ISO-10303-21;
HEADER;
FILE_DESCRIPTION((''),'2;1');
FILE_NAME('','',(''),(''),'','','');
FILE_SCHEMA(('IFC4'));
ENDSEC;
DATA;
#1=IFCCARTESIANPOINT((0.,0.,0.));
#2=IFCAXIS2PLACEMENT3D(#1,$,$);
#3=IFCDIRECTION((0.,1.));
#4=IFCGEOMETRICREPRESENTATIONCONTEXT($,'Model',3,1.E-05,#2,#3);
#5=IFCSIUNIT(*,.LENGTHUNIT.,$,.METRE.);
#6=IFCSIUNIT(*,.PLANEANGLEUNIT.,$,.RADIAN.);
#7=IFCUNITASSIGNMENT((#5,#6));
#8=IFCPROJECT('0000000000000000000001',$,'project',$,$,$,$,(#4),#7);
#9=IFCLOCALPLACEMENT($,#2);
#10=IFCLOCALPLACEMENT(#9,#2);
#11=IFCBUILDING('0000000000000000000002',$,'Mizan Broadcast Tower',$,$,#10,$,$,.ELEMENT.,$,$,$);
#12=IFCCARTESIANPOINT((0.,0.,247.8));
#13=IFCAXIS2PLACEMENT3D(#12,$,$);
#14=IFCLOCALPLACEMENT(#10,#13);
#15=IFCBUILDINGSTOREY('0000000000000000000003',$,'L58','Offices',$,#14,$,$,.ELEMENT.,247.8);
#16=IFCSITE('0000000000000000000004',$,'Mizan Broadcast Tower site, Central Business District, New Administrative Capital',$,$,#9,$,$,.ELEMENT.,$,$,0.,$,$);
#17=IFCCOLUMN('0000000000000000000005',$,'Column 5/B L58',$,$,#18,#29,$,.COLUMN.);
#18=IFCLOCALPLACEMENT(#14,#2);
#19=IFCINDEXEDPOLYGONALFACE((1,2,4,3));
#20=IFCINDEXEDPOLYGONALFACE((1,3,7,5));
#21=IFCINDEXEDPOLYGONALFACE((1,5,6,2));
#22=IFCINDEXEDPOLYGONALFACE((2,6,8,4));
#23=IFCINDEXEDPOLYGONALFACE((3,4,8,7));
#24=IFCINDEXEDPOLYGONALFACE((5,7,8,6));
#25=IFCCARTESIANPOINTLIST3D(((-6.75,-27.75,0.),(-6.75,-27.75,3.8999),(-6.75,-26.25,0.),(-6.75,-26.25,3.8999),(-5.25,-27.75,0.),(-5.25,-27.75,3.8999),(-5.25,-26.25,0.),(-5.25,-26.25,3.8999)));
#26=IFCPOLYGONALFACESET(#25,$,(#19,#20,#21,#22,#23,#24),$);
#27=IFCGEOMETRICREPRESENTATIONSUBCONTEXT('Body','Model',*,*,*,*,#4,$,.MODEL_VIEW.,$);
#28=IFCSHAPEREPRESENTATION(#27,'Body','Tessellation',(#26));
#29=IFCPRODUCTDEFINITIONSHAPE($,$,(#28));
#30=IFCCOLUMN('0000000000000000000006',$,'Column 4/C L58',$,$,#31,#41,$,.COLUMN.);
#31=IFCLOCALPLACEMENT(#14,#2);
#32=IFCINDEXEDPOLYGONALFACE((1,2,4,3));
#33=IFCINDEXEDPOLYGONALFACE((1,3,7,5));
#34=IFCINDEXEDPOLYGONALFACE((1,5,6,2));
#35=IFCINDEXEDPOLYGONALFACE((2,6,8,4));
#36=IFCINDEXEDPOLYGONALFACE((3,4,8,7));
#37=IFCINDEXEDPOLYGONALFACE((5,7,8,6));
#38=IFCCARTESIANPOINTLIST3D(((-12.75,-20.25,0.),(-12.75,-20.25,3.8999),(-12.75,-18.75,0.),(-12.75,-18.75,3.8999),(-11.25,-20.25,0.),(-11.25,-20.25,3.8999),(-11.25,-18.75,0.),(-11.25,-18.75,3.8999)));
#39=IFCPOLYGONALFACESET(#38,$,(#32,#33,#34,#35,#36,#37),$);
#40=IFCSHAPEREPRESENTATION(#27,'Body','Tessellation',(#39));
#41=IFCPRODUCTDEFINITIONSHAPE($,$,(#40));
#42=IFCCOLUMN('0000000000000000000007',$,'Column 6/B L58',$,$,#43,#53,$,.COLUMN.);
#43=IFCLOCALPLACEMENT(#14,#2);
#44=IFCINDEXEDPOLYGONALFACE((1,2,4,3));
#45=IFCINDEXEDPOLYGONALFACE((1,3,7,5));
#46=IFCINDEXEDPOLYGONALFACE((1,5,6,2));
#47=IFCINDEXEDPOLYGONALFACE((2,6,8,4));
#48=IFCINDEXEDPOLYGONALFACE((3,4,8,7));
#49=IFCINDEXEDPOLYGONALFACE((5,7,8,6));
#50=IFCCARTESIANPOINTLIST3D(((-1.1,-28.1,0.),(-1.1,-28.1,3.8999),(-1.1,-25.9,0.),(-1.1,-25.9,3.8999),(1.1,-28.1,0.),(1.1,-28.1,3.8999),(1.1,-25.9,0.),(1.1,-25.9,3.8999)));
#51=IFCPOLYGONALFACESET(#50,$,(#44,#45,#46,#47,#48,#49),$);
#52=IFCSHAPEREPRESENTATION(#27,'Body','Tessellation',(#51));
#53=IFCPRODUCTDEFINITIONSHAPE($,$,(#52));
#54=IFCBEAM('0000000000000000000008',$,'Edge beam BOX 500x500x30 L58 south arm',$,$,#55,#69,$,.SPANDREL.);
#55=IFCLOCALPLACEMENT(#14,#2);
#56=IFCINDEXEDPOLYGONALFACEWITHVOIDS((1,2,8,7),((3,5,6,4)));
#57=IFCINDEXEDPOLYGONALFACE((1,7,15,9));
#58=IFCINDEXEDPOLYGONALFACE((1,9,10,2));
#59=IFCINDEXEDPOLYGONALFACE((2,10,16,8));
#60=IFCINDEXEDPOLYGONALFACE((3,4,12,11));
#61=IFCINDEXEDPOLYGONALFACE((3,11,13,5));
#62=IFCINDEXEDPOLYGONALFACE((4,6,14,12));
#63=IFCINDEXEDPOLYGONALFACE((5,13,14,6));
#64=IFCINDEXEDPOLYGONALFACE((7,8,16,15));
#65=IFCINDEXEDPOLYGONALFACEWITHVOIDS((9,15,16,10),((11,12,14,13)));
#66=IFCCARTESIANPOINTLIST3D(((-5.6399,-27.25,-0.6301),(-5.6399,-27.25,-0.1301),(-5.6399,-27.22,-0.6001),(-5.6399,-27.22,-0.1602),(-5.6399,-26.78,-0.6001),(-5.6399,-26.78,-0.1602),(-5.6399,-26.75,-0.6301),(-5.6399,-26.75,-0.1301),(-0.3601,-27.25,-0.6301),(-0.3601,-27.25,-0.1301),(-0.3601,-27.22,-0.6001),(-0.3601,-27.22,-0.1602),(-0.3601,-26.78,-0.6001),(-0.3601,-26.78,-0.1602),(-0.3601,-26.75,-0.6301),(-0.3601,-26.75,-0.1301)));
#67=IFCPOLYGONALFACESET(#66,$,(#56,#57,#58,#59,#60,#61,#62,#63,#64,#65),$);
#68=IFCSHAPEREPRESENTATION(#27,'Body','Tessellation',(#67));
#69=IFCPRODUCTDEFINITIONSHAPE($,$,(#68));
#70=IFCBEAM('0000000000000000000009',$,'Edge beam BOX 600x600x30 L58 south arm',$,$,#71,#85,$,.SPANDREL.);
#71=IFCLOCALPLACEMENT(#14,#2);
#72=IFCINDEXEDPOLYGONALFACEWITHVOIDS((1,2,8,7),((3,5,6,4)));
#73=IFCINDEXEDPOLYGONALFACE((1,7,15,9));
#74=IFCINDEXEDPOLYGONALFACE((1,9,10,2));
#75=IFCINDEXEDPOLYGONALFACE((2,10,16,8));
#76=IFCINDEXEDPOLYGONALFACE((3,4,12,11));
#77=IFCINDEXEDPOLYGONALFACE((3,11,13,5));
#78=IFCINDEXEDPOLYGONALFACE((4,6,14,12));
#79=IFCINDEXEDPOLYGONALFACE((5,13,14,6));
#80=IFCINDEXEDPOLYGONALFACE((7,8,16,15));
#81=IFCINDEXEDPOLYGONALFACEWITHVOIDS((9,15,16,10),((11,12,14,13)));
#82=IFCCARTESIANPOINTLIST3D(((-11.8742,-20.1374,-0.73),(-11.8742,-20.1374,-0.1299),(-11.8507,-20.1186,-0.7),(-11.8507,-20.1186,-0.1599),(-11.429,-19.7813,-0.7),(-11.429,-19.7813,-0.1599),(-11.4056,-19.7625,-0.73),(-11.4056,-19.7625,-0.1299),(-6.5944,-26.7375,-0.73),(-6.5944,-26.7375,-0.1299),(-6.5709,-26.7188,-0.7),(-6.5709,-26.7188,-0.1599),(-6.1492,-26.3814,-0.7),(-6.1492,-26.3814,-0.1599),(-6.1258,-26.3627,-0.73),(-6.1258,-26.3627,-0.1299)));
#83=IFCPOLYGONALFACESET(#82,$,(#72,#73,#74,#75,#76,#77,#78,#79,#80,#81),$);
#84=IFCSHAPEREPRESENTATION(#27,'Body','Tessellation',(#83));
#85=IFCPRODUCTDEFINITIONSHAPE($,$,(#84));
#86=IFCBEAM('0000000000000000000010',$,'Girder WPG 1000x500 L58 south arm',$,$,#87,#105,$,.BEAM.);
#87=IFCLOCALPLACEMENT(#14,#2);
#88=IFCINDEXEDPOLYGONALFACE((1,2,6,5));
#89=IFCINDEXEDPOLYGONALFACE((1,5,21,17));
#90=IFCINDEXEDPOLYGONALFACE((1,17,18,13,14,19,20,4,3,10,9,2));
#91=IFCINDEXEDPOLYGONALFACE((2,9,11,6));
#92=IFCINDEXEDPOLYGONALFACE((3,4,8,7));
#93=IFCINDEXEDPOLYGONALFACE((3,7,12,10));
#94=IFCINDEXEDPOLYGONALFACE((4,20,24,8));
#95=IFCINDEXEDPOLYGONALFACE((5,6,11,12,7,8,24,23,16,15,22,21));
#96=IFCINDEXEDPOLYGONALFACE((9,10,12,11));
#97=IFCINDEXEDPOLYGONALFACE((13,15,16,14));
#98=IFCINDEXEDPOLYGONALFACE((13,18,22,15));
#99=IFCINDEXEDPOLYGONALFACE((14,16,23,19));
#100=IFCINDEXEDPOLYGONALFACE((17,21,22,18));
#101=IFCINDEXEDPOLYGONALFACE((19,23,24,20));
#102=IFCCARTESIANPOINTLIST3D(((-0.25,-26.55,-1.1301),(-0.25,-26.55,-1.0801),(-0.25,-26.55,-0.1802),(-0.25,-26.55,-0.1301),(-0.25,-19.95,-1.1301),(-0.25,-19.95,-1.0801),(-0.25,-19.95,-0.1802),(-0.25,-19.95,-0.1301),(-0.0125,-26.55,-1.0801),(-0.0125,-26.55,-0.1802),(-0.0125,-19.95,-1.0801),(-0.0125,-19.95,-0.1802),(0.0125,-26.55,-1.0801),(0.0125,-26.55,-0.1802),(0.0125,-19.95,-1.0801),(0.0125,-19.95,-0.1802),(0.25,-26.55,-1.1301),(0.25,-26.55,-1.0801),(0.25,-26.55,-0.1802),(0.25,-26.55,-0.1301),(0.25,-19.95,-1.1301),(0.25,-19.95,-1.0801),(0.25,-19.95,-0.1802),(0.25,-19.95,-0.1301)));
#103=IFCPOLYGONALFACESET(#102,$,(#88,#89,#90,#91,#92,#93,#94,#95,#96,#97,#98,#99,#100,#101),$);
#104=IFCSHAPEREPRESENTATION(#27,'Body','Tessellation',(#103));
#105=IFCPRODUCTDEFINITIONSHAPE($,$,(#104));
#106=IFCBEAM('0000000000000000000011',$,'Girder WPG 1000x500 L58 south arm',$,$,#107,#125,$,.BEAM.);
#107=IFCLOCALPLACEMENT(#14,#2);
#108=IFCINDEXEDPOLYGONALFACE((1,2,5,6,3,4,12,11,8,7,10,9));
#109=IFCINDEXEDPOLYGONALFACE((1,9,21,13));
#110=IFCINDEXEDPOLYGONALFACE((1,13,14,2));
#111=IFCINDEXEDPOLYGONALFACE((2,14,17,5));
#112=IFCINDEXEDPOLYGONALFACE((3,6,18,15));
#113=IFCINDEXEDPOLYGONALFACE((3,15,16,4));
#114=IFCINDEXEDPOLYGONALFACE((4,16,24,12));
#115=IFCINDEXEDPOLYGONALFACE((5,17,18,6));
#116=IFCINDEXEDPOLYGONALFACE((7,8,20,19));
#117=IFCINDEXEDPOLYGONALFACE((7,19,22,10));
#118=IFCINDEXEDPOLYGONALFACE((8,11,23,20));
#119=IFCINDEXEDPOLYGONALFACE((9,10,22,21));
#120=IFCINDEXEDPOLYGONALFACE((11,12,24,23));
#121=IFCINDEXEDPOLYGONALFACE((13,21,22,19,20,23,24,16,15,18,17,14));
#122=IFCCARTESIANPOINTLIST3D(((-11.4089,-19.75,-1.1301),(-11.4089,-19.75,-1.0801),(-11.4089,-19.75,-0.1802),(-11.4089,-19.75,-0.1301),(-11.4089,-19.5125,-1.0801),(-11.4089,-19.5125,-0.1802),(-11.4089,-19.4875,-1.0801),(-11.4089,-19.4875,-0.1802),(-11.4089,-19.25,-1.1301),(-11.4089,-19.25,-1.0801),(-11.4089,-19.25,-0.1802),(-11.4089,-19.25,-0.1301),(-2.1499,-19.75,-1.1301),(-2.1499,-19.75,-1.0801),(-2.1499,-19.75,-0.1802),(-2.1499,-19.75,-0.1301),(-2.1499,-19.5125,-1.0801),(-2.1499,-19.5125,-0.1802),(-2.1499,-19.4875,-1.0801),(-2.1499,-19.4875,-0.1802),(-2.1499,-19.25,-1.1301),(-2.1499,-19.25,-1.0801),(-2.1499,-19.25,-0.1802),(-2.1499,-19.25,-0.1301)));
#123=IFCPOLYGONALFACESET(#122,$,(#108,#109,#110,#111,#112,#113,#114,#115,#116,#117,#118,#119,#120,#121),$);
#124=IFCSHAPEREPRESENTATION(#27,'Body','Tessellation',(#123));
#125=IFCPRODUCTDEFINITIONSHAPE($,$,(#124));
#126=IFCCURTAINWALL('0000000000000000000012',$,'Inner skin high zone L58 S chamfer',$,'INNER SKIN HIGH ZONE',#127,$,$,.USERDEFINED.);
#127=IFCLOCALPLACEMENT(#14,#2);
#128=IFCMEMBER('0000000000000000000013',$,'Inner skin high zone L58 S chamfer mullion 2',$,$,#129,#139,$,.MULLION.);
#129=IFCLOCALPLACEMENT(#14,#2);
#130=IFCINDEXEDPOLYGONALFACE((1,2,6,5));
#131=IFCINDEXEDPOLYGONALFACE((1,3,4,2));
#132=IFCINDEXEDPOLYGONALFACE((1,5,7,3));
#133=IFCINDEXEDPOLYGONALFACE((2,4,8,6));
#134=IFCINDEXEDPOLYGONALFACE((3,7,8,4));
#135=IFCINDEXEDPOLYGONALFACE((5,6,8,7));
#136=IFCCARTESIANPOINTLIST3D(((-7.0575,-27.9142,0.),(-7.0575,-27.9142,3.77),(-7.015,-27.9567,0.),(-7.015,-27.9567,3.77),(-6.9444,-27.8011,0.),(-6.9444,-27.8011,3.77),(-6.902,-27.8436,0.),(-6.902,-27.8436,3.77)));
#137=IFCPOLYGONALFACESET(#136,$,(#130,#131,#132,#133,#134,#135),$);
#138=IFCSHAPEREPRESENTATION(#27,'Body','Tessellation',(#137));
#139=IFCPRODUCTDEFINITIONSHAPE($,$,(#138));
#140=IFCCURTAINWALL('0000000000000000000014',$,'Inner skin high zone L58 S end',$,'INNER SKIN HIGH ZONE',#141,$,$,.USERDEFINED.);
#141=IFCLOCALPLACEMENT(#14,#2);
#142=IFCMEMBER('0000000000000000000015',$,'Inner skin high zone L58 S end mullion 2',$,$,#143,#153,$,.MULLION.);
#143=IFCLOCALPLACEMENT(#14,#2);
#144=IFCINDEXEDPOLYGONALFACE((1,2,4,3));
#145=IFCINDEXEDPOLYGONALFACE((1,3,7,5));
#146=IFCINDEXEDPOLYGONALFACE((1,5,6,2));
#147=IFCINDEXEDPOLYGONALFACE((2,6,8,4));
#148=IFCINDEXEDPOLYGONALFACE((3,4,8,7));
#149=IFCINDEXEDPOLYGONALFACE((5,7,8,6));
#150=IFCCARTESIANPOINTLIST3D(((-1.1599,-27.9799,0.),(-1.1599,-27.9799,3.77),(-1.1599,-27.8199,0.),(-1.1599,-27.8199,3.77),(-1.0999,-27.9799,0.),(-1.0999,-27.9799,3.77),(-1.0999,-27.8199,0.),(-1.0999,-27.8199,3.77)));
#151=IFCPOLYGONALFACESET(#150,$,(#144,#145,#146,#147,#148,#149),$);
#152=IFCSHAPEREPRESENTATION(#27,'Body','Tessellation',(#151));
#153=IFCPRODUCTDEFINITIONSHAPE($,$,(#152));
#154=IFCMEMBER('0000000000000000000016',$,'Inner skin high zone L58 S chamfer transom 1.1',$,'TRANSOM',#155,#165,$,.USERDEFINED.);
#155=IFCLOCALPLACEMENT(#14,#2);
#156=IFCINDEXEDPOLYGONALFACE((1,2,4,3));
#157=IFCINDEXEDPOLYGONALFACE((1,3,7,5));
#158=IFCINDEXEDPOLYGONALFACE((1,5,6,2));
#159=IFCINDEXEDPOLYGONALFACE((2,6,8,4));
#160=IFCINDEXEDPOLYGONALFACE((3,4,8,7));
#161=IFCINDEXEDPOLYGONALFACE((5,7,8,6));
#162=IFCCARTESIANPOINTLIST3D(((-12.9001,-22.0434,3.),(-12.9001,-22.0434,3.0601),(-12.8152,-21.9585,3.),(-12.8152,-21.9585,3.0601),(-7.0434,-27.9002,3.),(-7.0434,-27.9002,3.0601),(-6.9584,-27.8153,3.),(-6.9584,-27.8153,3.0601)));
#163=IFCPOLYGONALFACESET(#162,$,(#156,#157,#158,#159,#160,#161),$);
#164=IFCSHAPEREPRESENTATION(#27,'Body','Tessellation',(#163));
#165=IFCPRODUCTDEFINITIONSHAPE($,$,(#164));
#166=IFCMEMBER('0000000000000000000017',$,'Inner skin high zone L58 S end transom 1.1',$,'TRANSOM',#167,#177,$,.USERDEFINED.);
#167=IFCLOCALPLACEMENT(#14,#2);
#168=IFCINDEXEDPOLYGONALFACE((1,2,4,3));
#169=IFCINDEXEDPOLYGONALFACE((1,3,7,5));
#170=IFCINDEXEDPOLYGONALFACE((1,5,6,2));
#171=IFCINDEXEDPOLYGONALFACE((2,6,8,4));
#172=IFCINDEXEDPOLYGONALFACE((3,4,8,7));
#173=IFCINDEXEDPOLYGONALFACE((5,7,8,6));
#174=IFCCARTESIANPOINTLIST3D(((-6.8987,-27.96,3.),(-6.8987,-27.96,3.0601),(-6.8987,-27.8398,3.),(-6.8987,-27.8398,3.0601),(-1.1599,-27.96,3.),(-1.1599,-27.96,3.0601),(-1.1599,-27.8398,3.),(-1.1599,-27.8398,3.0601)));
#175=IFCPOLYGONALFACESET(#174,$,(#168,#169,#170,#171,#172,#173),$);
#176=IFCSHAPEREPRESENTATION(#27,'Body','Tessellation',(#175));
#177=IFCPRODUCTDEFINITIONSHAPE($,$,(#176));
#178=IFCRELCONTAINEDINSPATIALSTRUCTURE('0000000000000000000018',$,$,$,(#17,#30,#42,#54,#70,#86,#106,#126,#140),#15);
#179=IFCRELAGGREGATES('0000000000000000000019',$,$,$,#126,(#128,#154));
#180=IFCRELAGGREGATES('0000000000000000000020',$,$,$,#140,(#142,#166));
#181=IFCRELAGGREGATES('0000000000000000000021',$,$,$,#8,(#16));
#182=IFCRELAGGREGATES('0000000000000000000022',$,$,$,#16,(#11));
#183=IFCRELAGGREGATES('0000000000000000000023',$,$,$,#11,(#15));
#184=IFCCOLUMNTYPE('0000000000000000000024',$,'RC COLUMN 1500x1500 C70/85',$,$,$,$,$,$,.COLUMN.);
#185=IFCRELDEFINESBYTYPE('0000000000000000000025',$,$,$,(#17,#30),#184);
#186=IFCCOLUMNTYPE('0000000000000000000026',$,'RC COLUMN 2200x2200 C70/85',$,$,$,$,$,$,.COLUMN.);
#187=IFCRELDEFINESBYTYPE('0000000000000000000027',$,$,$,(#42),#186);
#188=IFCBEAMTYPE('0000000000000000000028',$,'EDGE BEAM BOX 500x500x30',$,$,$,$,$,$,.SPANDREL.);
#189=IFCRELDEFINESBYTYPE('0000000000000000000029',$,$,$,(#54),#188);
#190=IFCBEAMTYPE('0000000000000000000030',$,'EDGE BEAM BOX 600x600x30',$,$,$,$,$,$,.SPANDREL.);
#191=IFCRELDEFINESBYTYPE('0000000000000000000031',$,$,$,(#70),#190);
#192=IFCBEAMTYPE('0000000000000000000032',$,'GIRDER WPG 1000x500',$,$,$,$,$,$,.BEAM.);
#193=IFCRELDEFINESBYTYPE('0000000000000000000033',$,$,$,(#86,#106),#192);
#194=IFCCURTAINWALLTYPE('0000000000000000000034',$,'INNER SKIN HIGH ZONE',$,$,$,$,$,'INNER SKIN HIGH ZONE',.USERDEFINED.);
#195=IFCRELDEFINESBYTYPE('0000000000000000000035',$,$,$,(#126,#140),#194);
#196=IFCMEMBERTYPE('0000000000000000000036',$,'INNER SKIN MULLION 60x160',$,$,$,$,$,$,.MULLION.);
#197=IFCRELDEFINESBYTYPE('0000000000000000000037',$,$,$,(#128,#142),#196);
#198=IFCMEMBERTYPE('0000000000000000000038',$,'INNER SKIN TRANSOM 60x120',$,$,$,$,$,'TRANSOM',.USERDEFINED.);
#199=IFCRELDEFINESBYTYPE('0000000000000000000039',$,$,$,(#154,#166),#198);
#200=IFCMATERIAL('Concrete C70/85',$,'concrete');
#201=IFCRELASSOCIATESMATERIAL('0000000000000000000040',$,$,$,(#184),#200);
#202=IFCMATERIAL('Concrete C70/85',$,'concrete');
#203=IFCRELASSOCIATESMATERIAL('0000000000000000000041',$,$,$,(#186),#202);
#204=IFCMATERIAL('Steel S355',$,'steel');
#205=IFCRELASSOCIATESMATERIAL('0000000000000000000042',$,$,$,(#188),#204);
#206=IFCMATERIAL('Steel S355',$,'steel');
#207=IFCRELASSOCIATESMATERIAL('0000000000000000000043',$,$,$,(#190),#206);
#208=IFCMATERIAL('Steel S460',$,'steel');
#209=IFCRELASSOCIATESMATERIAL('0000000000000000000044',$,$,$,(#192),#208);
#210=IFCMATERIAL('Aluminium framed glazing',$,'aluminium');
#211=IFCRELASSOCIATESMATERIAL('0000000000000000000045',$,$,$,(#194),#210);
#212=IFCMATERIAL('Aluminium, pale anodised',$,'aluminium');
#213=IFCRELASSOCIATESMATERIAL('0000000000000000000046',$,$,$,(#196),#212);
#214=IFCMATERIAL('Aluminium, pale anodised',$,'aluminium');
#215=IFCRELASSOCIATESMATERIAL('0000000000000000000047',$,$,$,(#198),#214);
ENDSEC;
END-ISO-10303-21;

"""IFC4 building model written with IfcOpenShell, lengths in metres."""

from ifc_helpers import new_model, si_unit, direction, frame, origin, origin_2d, place, context, subcontext, project, spatial, rectangle, hollow_rectangle, i_section, extrude, material, material_profile, profile_set, type_object, element, aggregate, save


model = new_model("IFC4")

# Units and contexts
model_context = context("Model", 3, precision=1e-05, world=origin(), true_north=direction((0.0, 1.0)))
body_context = subcontext(model_context, "Body", "Model", "MODEL_VIEW")
ifc_project = project(units=[si_unit("LENGTHUNIT", "METRE"), si_unit("PLANEANGLEUNIT", "RADIAN")], contexts=[model_context])

# Site, building, storey
site_placement = place(None, origin())
site = spatial("IfcSite", under=ifc_project, at=site_placement, Name="Mizan Broadcast Tower site, Central Business District, New Administrative Capital", CompositionType="ELEMENT", RefElevation=0.0)
building_placement = place(site_placement, origin())
building = spatial("IfcBuilding", under=site, at=building_placement, Name="Mizan Broadcast Tower", CompositionType="ELEMENT")
storey_placement = place(building_placement, frame((0.0, 0.0, 247.8)))
storey = spatial("IfcBuildingStorey", under=building, at=storey_placement, Name="L58", Description="Offices", CompositionType="ELEMENT", Elevation=247.8)

# Columns
ifc_material_1 = material(Name="Concrete C70/85", Category="concrete")
ifc_material_profile_1 = material_profile(ifc_material_1, rectangle(XDim=1.5, YDim=1.5, at=origin_2d()), Name="RC 1500x1500")
ifc_profile_set_1 = profile_set([ifc_material_profile_1], Name="Concrete C70/85")
column_type_1 = type_object("IfcColumnType", Name="RC COLUMN 1500x1500 C70/85", PredefinedType="COLUMN", material=ifc_profile_set_1)
for number, where, z_axis, x_axis, name in (
    (1, (-6.0, -27.0, 0.0), (0.0, 0.0, 1.0), (1.0, 0.0, 0.0), "Column 5/B L58"),
    (2, (-12.0, -19.5, 0.0), (0.0, 0.0, 1.0), (1.0, 0.0, 0.0), "Column 4/C L58"),
):
    element("IfcColumn", number, at=place(storey_placement, frame(where, z_axis=z_axis, x_axis=x_axis)), inside=storey, type_object=column_type_1, Name=name, PredefinedType="COLUMN", context=body_context, shape_type="SweptSolid", body=[
        extrude(rectangle(XDim=1.5, YDim=1.5, at=origin_2d()), origin(), (0.0, 0.0, 1.0), 3.8999),
    ])
ifc_material_2 = material(Name="Concrete C70/85", Category="concrete")
ifc_material_profile_2 = material_profile(ifc_material_2, rectangle(XDim=2.2, YDim=2.2, at=origin_2d()), Name="RC 2200x2200")
ifc_profile_set_2 = profile_set([ifc_material_profile_2], Name="Concrete C70/85")
column_type_2 = type_object("IfcColumnType", Name="RC COLUMN 2200x2200 C70/85", PredefinedType="COLUMN", material=ifc_profile_set_2)
column_placement = place(storey_placement, frame((0.0, -27.0, 0.0), z_axis=(0.0, 0.0, 1.0), x_axis=(1.0, 0.0, 0.0)))
element("IfcColumn", 3, at=column_placement, inside=storey, type_object=column_type_2, Name="Column 6/B L58", PredefinedType="COLUMN", context=body_context, shape_type="SweptSolid", body=[
    extrude(rectangle(XDim=2.2, YDim=2.2, at=origin_2d()), origin(), (0.0, 0.0, 1.0), 3.8999),
])

# Beams
ifc_material_3 = material(Name="Steel S355", Category="steel")
ifc_material_profile_3 = material_profile(ifc_material_3, hollow_rectangle(XDim=0.5, YDim=0.5, WallThickness=0.03, at=origin_2d()), Name="BOX 500x500x30")
ifc_profile_set_3 = profile_set([ifc_material_profile_3], Name="Steel S355")
beam_type_1 = type_object("IfcBeamType", Name="EDGE BEAM BOX 500x500x30", PredefinedType="SPANDREL", material=ifc_profile_set_3)
beam_1_placement = place(storey_placement, frame((-5.6399, -27.0, -0.3801), z_axis=(1.0, 0.0, 0.0), x_axis=(0.0, 1.0, 0.0)))
element("IfcBeam", 4, at=beam_1_placement, inside=storey, type_object=beam_type_1, Name="Edge beam BOX 500x500x30 L58 south arm", PredefinedType="SPANDREL", context=body_context, shape_type="SweptSolid", body=[
    extrude(hollow_rectangle(XDim=0.5, YDim=0.5, WallThickness=0.03, at=origin_2d()), origin(), (0.0, 0.0, 1.0), 5.2798),
])
ifc_material_4 = material(Name="Steel S355", Category="steel")
ifc_material_profile_4 = material_profile(ifc_material_4, hollow_rectangle(XDim=0.6001, YDim=0.6001, WallThickness=0.03, at=origin_2d()), Name="BOX 600x600x30")
ifc_profile_set_4 = profile_set([ifc_material_profile_4], Name="Steel S355")
beam_type_2 = type_object("IfcBeamType", Name="EDGE BEAM BOX 600x600x30", PredefinedType="SPANDREL", material=ifc_profile_set_4)
beam_2_placement = place(storey_placement, frame((-11.6399, -19.95, -0.4299), z_axis=(0.624674, -0.780886, 0.0), x_axis=(0.780886, 0.624674, 0.0)))
element("IfcBeam", 5, at=beam_2_placement, inside=storey, type_object=beam_type_2, Name="Edge beam BOX 600x600x30 L58 south arm", PredefinedType="SPANDREL", context=body_context, shape_type="SweptSolid", body=[
    extrude(hollow_rectangle(XDim=0.6001, YDim=0.6001, WallThickness=0.03, at=origin_2d()), origin(), (0.0, 0.0, 1.0), 8.4521),
])
ifc_material_5 = material(Name="Steel S460", Category="steel")
ifc_material_profile_5 = material_profile(ifc_material_5, i_section(OverallWidth=0.5, OverallDepth=1.0, WebThickness=0.0249, FlangeThickness=0.05, at=origin_2d()), Name="WPG 1000x500")
ifc_profile_set_5 = profile_set([ifc_material_profile_5], Name="Steel S460")
beam_type_3 = type_object("IfcBeamType", Name="GIRDER WPG 1000x500", PredefinedType="BEAM", material=ifc_profile_set_5)
beam_3_placement = place(storey_placement, frame((0.0, -19.95, -0.6301), z_axis=(0.0, -1.0, 0.0), x_axis=(1.0, 0.0, 0.0)))
element("IfcBeam", 6, at=beam_3_placement, inside=storey, type_object=beam_type_3, Name="Girder WPG 1000x500 L58 south arm", PredefinedType="BEAM", context=body_context, shape_type="SweptSolid", body=[
    extrude(i_section(OverallWidth=0.5, OverallDepth=1.0, WebThickness=0.0249, FlangeThickness=0.05, at=origin_2d()), origin(), (0.0, 0.0, 1.0), 6.6001),
])
beam_4_placement = place(storey_placement, frame((-11.4089, -19.5, -0.6301), z_axis=(1.0, 0.0, 0.0), x_axis=(0.0, 1.0, 0.0)))
element("IfcBeam", 7, at=beam_4_placement, inside=storey, type_object=beam_type_3, Name="Girder WPG 1000x500 L58 south arm", PredefinedType="BEAM", context=body_context, shape_type="SweptSolid", body=[
    extrude(i_section(OverallWidth=0.5, OverallDepth=1.0, WebThickness=0.0249, FlangeThickness=0.05, at=origin_2d()), origin(), (0.0, 0.0, 1.0), 9.259),
])

# Curtain walls, members
ifc_material_6 = material(Name="Aluminium framed glazing", Category="aluminium")
curtain_wall_type_1 = type_object("IfcCurtainWallType", Name="INNER SKIN HIGH ZONE", ElementType="INNER SKIN HIGH ZONE", PredefinedType="USERDEFINED", material=ifc_material_6)
curtain_wall_1_placement = place(storey_placement, origin())
curtain_wall_1 = element("IfcCurtainWall", 8, at=curtain_wall_1_placement, inside=storey, type_object=curtain_wall_type_1, Name="Inner skin high zone L58 S chamfer", ObjectType="INNER SKIN HIGH ZONE", PredefinedType="USERDEFINED")
ifc_material_7 = material(Name="Aluminium, pale anodised", Category="aluminium")
ifc_material_profile_6 = material_profile(ifc_material_7, rectangle(XDim=0.1599, YDim=0.0601, at=origin_2d()), Name="MULLION 160x60")
ifc_profile_set_6 = profile_set([ifc_material_profile_6], Name="Aluminium, pale anodised")
member_type_1 = type_object("IfcMemberType", Name="INNER SKIN MULLION 60x160", PredefinedType="MULLION", material=ifc_profile_set_6)
member_1_placement = place(storey_placement, frame((-6.9797, -27.8789, 0.0), z_axis=(0.0, 0.0, 1.0), x_axis=(0.707107, 0.707107, 0.0)))
member_1 = element("IfcMember", 9, at=member_1_placement, type_object=member_type_1, Name="Inner skin high zone L58 S chamfer mullion 2", PredefinedType="MULLION", context=body_context, shape_type="SweptSolid", body=[
    extrude(rectangle(XDim=0.1599, YDim=0.0601, at=origin_2d()), origin(), (0.0, 0.0, 1.0), 3.77),
])
curtain_wall_2_placement = place(storey_placement, origin())
curtain_wall_2 = element("IfcCurtainWall", 10, at=curtain_wall_2_placement, inside=storey, type_object=curtain_wall_type_1, Name="Inner skin high zone L58 S end", ObjectType="INNER SKIN HIGH ZONE", PredefinedType="USERDEFINED")
member_2_placement = place(storey_placement, frame((-1.1299, -27.8999, 0.0), z_axis=(0.0, 0.0, 1.0), x_axis=(0.0, 1.0, 0.0)))
member_2 = element("IfcMember", 11, at=member_2_placement, type_object=member_type_1, Name="Inner skin high zone L58 S end mullion 2", PredefinedType="MULLION", context=body_context, shape_type="SweptSolid", body=[
    extrude(rectangle(XDim=0.1599, YDim=0.0601, at=origin_2d()), origin(), (0.0, 0.0, 1.0), 3.77),
])

# Members
ifc_material_8 = material(Name="Aluminium, pale anodised", Category="aluminium")
ifc_material_profile_7 = material_profile(ifc_material_8, rectangle(XDim=0.1201, YDim=0.0601, at=origin_2d()), Name="TRANSOM 120x60")
ifc_profile_set_7 = profile_set([ifc_material_profile_7], Name="Aluminium, pale anodised")
member_type_2 = type_object("IfcMemberType", Name="INNER SKIN TRANSOM 60x120", ElementType="TRANSOM", PredefinedType="USERDEFINED", material=ifc_profile_set_7)
member_3_placement = place(storey_placement, frame((-12.8577, -22.001, 3.03), z_axis=(0.707107, -0.707107, 0.0), x_axis=(0.707107, 0.707107, 0.0)))
member_3 = element("IfcMember", 12, at=member_3_placement, type_object=member_type_2, Name="Inner skin high zone L58 S chamfer transom 1.1", ObjectType="TRANSOM", PredefinedType="USERDEFINED", context=body_context, shape_type="SweptSolid", body=[
    extrude(rectangle(XDim=0.1201, YDim=0.0601, at=origin_2d()), origin(), (0.0, 0.0, 1.0), 8.2827),
])
member_4_placement = place(storey_placement, frame((-6.8987, -27.8999, 3.03), z_axis=(1.0, 0.0, 0.0), x_axis=(0.0, 1.0, 0.0)))
member_4 = element("IfcMember", 13, at=member_4_placement, type_object=member_type_2, Name="Inner skin high zone L58 S end transom 1.1", ObjectType="TRANSOM", PredefinedType="USERDEFINED", context=body_context, shape_type="SweptSolid", body=[
    extrude(rectangle(XDim=0.1201, YDim=0.0601, at=origin_2d()), origin(), (0.0, 0.0, 1.0), 5.7388),
])

aggregate(curtain_wall_1, [member_1, member_3])
aggregate(curtain_wall_2, [member_2, member_4])

save(model, "model.ifc")
